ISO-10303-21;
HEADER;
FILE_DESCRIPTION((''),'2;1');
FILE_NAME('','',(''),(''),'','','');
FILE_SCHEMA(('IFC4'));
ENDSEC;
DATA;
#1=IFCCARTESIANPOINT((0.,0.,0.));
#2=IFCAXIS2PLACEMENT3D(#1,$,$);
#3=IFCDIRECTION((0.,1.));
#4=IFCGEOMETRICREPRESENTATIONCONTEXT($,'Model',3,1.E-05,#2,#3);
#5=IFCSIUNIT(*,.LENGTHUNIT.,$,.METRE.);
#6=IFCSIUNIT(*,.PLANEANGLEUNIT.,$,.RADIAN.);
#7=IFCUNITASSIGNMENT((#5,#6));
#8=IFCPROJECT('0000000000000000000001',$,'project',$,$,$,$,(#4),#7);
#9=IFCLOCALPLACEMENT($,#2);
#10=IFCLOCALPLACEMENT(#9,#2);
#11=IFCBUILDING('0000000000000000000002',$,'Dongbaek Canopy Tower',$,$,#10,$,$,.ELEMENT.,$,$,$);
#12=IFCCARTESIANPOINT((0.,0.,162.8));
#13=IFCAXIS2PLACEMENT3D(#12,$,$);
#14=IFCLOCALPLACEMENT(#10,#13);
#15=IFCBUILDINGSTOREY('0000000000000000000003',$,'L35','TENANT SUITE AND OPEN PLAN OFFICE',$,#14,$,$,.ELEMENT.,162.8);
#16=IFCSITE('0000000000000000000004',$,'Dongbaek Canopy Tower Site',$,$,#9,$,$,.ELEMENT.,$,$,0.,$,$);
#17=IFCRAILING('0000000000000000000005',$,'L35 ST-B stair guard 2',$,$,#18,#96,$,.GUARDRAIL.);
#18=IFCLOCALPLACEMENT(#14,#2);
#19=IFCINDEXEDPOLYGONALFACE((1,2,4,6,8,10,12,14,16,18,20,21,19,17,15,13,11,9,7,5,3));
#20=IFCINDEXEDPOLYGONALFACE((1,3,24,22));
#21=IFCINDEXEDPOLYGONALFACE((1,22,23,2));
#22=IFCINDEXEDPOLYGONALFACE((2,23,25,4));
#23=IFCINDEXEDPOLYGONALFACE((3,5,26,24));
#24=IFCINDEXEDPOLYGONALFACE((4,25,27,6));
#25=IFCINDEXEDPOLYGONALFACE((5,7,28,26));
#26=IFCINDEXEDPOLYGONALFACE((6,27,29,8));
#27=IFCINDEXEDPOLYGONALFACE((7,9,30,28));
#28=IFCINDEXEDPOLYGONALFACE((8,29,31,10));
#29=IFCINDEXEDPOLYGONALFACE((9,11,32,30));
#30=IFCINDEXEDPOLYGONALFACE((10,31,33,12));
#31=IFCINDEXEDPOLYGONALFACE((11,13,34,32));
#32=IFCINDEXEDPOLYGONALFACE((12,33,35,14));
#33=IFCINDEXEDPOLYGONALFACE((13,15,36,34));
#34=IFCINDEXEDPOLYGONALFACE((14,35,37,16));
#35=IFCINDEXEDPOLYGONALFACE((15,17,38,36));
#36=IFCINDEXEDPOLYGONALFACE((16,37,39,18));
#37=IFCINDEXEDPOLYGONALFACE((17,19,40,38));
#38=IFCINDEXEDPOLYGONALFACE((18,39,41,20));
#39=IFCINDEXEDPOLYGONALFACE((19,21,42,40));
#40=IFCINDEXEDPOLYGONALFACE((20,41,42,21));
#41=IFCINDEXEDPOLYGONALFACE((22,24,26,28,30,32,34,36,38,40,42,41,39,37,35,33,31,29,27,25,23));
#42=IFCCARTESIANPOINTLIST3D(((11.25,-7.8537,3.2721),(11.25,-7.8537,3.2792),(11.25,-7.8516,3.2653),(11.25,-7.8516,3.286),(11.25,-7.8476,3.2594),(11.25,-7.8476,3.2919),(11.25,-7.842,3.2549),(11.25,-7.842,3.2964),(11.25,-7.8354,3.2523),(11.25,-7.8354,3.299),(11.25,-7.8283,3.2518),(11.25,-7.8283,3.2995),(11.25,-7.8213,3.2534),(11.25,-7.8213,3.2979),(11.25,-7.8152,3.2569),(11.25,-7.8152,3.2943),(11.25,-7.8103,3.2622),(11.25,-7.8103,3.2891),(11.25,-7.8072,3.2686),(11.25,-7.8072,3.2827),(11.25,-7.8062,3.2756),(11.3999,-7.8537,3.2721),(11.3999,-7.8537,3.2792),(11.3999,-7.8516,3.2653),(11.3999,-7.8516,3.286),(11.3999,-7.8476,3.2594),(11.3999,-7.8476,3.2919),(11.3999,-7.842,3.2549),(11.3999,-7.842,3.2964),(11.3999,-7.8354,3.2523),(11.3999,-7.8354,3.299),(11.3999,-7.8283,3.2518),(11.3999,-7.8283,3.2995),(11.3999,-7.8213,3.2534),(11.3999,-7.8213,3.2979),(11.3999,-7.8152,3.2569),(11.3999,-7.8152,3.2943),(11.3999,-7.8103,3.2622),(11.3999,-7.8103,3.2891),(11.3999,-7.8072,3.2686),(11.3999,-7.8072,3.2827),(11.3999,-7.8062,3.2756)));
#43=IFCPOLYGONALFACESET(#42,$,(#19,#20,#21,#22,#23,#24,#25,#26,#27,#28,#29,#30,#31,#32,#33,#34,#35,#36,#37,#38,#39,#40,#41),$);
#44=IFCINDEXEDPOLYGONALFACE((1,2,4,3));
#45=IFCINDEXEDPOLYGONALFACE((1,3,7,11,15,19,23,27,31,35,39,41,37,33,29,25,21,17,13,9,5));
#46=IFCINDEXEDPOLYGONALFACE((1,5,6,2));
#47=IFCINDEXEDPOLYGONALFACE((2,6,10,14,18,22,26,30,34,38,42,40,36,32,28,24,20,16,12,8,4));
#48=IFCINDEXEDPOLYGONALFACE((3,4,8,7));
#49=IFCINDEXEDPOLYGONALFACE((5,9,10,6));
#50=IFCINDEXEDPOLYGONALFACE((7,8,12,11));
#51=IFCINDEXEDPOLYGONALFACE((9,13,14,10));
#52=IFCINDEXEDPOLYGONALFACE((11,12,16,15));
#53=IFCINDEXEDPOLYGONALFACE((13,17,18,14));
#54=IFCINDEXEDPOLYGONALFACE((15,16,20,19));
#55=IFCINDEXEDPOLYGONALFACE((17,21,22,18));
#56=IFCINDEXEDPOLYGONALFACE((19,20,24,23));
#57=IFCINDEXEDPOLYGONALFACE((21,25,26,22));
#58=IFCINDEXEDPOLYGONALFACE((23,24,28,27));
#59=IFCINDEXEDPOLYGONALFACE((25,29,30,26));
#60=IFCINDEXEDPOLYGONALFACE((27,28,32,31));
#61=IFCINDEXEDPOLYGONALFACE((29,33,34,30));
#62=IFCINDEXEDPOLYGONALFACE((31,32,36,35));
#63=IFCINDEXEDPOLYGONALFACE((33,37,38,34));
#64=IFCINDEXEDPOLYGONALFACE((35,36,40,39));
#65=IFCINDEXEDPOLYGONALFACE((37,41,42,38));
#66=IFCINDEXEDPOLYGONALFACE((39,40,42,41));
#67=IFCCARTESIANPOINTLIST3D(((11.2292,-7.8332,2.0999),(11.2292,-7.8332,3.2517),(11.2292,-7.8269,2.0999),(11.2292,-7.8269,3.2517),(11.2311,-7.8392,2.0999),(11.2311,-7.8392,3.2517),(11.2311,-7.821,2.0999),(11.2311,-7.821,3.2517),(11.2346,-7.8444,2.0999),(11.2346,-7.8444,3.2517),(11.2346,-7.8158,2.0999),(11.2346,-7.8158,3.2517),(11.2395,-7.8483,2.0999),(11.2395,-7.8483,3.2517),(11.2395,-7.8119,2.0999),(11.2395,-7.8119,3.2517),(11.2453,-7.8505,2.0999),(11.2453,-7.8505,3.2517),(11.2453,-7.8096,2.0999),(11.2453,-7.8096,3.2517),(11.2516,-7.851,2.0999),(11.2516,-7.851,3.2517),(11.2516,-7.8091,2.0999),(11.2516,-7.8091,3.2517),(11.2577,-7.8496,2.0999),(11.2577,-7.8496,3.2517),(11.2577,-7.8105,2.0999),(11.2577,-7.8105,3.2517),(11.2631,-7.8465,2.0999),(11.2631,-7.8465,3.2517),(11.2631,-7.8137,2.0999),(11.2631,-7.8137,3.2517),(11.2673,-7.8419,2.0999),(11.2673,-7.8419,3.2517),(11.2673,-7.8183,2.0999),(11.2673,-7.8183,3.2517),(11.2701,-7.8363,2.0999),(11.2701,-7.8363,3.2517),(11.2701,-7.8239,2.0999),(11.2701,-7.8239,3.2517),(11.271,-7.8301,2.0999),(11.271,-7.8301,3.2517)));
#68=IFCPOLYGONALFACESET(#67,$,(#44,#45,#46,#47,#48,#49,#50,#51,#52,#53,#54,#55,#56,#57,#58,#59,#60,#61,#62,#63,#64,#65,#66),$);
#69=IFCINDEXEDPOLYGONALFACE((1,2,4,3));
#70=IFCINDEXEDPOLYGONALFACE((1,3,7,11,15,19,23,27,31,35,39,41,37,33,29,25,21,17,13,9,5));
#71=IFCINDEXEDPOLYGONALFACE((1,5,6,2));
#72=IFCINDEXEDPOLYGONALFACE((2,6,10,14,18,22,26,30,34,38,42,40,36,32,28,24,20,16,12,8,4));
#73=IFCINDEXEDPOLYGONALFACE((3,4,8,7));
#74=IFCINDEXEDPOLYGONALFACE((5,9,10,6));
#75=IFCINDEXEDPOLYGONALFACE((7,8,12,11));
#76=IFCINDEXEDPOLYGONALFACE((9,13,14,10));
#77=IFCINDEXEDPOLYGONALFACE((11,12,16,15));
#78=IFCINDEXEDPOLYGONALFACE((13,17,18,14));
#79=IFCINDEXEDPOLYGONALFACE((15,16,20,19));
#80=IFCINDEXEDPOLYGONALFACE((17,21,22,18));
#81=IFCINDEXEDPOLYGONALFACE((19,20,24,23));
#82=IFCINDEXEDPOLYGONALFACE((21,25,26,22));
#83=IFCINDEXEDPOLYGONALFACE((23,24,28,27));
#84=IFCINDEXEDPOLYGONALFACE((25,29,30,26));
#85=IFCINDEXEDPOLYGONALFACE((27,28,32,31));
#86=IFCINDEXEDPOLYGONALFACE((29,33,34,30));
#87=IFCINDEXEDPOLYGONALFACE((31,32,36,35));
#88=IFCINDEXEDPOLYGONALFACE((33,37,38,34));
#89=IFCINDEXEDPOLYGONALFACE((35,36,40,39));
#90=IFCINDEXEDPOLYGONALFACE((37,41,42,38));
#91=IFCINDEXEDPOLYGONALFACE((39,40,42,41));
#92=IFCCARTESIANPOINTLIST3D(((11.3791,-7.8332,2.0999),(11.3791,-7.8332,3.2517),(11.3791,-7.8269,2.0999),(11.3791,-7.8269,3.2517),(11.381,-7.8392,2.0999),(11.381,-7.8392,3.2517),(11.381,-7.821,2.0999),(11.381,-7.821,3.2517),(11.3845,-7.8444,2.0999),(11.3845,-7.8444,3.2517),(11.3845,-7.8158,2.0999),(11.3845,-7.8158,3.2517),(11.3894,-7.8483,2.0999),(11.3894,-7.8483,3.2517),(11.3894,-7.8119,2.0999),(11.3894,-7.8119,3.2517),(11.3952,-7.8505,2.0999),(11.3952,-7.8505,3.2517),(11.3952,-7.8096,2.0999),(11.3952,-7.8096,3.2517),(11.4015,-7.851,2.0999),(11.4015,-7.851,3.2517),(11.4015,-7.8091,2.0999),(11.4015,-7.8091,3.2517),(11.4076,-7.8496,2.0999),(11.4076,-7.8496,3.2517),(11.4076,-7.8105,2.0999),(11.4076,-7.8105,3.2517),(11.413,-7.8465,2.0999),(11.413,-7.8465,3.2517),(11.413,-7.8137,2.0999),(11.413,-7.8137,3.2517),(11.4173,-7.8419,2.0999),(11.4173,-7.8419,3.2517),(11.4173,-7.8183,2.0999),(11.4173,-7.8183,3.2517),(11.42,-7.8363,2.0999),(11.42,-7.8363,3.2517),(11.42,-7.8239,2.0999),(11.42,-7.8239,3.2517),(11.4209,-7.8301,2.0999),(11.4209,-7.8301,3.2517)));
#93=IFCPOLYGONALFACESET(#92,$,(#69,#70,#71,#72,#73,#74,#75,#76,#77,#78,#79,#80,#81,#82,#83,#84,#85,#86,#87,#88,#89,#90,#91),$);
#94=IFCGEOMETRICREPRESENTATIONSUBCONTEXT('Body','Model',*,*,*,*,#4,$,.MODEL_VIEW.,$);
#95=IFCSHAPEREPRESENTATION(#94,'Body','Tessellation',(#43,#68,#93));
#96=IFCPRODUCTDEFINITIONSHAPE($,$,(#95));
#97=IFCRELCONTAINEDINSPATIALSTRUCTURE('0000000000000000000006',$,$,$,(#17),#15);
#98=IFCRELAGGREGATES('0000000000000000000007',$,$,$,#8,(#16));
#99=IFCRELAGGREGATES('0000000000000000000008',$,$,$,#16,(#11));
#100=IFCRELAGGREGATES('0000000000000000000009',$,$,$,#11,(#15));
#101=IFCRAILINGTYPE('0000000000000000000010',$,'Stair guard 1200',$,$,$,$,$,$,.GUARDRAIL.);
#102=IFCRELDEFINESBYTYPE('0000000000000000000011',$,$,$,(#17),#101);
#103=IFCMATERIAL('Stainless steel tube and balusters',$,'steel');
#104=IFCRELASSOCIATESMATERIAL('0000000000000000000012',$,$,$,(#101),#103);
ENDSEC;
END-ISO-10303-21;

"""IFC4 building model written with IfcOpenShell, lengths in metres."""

from ifc_helpers import new_model, si_unit, direction, frame, origin, origin_2d, place, context, subcontext, project, spatial, circle, extrude, material, type_object, element, save


model = new_model("IFC4")

# Units and contexts
model_context = context("Model", 3, precision=1e-05, world=origin(), true_north=direction((0.0, 1.0)))
body_context = subcontext(model_context, "Body", "Model", "MODEL_VIEW")
ifc_project = project(units=[si_unit("LENGTHUNIT", "METRE"), si_unit("PLANEANGLEUNIT", "RADIAN")], contexts=[model_context])

# Site, building, storey
site_placement = place(None, origin())
site = spatial("IfcSite", under=ifc_project, at=site_placement, Name="Dongbaek Canopy Tower Site", CompositionType="ELEMENT", RefElevation=0.0)
building_placement = place(site_placement, origin())
building = spatial("IfcBuilding", under=site, at=building_placement, Name="Dongbaek Canopy Tower", CompositionType="ELEMENT")
storey_placement = place(building_placement, frame((0.0, 0.0, 162.8)))
storey = spatial("IfcBuildingStorey", under=building, at=storey_placement, Name="L35", Description="TENANT SUITE AND OPEN PLAN OFFICE", CompositionType="ELEMENT", Elevation=162.8)

# Railing
ifc_material_1 = material(Name="Stainless steel tube and balusters", Category="steel")
railing_type_1 = type_object("IfcRailingType", Name="Stair guard 1200", PredefinedType="GUARDRAIL", material=ifc_material_1)
railing_1_placement = place(storey_placement, frame((11.25, -7.8301, 2.0999)))
element("IfcRailing", 1, at=railing_1_placement, inside=storey, type_object=railing_type_1, Name="L35 ST-B stair guard 2", PredefinedType="GUARDRAIL", context=body_context, shape_type="SweptSolid", body=[
    extrude(circle(Radius=0.0239, at=origin_2d()), frame((0.0, 0.0, 1.1758), z_axis=(1.0, 0.0, 0.0), x_axis=(0.0, 1.0, 0.0)), (0.0, 0.0, 1.0), 0.1499),
    extrude(circle(Radius=0.021, at=origin_2d()), origin(), (0.0, 0.0, 1.0), 1.1519),
    extrude(circle(Radius=0.021, at=origin_2d()), frame((0.1499, 0.0, 0.0)), (0.0, 0.0, 1.0), 1.1519),
])

save(model, "model.ifc")
